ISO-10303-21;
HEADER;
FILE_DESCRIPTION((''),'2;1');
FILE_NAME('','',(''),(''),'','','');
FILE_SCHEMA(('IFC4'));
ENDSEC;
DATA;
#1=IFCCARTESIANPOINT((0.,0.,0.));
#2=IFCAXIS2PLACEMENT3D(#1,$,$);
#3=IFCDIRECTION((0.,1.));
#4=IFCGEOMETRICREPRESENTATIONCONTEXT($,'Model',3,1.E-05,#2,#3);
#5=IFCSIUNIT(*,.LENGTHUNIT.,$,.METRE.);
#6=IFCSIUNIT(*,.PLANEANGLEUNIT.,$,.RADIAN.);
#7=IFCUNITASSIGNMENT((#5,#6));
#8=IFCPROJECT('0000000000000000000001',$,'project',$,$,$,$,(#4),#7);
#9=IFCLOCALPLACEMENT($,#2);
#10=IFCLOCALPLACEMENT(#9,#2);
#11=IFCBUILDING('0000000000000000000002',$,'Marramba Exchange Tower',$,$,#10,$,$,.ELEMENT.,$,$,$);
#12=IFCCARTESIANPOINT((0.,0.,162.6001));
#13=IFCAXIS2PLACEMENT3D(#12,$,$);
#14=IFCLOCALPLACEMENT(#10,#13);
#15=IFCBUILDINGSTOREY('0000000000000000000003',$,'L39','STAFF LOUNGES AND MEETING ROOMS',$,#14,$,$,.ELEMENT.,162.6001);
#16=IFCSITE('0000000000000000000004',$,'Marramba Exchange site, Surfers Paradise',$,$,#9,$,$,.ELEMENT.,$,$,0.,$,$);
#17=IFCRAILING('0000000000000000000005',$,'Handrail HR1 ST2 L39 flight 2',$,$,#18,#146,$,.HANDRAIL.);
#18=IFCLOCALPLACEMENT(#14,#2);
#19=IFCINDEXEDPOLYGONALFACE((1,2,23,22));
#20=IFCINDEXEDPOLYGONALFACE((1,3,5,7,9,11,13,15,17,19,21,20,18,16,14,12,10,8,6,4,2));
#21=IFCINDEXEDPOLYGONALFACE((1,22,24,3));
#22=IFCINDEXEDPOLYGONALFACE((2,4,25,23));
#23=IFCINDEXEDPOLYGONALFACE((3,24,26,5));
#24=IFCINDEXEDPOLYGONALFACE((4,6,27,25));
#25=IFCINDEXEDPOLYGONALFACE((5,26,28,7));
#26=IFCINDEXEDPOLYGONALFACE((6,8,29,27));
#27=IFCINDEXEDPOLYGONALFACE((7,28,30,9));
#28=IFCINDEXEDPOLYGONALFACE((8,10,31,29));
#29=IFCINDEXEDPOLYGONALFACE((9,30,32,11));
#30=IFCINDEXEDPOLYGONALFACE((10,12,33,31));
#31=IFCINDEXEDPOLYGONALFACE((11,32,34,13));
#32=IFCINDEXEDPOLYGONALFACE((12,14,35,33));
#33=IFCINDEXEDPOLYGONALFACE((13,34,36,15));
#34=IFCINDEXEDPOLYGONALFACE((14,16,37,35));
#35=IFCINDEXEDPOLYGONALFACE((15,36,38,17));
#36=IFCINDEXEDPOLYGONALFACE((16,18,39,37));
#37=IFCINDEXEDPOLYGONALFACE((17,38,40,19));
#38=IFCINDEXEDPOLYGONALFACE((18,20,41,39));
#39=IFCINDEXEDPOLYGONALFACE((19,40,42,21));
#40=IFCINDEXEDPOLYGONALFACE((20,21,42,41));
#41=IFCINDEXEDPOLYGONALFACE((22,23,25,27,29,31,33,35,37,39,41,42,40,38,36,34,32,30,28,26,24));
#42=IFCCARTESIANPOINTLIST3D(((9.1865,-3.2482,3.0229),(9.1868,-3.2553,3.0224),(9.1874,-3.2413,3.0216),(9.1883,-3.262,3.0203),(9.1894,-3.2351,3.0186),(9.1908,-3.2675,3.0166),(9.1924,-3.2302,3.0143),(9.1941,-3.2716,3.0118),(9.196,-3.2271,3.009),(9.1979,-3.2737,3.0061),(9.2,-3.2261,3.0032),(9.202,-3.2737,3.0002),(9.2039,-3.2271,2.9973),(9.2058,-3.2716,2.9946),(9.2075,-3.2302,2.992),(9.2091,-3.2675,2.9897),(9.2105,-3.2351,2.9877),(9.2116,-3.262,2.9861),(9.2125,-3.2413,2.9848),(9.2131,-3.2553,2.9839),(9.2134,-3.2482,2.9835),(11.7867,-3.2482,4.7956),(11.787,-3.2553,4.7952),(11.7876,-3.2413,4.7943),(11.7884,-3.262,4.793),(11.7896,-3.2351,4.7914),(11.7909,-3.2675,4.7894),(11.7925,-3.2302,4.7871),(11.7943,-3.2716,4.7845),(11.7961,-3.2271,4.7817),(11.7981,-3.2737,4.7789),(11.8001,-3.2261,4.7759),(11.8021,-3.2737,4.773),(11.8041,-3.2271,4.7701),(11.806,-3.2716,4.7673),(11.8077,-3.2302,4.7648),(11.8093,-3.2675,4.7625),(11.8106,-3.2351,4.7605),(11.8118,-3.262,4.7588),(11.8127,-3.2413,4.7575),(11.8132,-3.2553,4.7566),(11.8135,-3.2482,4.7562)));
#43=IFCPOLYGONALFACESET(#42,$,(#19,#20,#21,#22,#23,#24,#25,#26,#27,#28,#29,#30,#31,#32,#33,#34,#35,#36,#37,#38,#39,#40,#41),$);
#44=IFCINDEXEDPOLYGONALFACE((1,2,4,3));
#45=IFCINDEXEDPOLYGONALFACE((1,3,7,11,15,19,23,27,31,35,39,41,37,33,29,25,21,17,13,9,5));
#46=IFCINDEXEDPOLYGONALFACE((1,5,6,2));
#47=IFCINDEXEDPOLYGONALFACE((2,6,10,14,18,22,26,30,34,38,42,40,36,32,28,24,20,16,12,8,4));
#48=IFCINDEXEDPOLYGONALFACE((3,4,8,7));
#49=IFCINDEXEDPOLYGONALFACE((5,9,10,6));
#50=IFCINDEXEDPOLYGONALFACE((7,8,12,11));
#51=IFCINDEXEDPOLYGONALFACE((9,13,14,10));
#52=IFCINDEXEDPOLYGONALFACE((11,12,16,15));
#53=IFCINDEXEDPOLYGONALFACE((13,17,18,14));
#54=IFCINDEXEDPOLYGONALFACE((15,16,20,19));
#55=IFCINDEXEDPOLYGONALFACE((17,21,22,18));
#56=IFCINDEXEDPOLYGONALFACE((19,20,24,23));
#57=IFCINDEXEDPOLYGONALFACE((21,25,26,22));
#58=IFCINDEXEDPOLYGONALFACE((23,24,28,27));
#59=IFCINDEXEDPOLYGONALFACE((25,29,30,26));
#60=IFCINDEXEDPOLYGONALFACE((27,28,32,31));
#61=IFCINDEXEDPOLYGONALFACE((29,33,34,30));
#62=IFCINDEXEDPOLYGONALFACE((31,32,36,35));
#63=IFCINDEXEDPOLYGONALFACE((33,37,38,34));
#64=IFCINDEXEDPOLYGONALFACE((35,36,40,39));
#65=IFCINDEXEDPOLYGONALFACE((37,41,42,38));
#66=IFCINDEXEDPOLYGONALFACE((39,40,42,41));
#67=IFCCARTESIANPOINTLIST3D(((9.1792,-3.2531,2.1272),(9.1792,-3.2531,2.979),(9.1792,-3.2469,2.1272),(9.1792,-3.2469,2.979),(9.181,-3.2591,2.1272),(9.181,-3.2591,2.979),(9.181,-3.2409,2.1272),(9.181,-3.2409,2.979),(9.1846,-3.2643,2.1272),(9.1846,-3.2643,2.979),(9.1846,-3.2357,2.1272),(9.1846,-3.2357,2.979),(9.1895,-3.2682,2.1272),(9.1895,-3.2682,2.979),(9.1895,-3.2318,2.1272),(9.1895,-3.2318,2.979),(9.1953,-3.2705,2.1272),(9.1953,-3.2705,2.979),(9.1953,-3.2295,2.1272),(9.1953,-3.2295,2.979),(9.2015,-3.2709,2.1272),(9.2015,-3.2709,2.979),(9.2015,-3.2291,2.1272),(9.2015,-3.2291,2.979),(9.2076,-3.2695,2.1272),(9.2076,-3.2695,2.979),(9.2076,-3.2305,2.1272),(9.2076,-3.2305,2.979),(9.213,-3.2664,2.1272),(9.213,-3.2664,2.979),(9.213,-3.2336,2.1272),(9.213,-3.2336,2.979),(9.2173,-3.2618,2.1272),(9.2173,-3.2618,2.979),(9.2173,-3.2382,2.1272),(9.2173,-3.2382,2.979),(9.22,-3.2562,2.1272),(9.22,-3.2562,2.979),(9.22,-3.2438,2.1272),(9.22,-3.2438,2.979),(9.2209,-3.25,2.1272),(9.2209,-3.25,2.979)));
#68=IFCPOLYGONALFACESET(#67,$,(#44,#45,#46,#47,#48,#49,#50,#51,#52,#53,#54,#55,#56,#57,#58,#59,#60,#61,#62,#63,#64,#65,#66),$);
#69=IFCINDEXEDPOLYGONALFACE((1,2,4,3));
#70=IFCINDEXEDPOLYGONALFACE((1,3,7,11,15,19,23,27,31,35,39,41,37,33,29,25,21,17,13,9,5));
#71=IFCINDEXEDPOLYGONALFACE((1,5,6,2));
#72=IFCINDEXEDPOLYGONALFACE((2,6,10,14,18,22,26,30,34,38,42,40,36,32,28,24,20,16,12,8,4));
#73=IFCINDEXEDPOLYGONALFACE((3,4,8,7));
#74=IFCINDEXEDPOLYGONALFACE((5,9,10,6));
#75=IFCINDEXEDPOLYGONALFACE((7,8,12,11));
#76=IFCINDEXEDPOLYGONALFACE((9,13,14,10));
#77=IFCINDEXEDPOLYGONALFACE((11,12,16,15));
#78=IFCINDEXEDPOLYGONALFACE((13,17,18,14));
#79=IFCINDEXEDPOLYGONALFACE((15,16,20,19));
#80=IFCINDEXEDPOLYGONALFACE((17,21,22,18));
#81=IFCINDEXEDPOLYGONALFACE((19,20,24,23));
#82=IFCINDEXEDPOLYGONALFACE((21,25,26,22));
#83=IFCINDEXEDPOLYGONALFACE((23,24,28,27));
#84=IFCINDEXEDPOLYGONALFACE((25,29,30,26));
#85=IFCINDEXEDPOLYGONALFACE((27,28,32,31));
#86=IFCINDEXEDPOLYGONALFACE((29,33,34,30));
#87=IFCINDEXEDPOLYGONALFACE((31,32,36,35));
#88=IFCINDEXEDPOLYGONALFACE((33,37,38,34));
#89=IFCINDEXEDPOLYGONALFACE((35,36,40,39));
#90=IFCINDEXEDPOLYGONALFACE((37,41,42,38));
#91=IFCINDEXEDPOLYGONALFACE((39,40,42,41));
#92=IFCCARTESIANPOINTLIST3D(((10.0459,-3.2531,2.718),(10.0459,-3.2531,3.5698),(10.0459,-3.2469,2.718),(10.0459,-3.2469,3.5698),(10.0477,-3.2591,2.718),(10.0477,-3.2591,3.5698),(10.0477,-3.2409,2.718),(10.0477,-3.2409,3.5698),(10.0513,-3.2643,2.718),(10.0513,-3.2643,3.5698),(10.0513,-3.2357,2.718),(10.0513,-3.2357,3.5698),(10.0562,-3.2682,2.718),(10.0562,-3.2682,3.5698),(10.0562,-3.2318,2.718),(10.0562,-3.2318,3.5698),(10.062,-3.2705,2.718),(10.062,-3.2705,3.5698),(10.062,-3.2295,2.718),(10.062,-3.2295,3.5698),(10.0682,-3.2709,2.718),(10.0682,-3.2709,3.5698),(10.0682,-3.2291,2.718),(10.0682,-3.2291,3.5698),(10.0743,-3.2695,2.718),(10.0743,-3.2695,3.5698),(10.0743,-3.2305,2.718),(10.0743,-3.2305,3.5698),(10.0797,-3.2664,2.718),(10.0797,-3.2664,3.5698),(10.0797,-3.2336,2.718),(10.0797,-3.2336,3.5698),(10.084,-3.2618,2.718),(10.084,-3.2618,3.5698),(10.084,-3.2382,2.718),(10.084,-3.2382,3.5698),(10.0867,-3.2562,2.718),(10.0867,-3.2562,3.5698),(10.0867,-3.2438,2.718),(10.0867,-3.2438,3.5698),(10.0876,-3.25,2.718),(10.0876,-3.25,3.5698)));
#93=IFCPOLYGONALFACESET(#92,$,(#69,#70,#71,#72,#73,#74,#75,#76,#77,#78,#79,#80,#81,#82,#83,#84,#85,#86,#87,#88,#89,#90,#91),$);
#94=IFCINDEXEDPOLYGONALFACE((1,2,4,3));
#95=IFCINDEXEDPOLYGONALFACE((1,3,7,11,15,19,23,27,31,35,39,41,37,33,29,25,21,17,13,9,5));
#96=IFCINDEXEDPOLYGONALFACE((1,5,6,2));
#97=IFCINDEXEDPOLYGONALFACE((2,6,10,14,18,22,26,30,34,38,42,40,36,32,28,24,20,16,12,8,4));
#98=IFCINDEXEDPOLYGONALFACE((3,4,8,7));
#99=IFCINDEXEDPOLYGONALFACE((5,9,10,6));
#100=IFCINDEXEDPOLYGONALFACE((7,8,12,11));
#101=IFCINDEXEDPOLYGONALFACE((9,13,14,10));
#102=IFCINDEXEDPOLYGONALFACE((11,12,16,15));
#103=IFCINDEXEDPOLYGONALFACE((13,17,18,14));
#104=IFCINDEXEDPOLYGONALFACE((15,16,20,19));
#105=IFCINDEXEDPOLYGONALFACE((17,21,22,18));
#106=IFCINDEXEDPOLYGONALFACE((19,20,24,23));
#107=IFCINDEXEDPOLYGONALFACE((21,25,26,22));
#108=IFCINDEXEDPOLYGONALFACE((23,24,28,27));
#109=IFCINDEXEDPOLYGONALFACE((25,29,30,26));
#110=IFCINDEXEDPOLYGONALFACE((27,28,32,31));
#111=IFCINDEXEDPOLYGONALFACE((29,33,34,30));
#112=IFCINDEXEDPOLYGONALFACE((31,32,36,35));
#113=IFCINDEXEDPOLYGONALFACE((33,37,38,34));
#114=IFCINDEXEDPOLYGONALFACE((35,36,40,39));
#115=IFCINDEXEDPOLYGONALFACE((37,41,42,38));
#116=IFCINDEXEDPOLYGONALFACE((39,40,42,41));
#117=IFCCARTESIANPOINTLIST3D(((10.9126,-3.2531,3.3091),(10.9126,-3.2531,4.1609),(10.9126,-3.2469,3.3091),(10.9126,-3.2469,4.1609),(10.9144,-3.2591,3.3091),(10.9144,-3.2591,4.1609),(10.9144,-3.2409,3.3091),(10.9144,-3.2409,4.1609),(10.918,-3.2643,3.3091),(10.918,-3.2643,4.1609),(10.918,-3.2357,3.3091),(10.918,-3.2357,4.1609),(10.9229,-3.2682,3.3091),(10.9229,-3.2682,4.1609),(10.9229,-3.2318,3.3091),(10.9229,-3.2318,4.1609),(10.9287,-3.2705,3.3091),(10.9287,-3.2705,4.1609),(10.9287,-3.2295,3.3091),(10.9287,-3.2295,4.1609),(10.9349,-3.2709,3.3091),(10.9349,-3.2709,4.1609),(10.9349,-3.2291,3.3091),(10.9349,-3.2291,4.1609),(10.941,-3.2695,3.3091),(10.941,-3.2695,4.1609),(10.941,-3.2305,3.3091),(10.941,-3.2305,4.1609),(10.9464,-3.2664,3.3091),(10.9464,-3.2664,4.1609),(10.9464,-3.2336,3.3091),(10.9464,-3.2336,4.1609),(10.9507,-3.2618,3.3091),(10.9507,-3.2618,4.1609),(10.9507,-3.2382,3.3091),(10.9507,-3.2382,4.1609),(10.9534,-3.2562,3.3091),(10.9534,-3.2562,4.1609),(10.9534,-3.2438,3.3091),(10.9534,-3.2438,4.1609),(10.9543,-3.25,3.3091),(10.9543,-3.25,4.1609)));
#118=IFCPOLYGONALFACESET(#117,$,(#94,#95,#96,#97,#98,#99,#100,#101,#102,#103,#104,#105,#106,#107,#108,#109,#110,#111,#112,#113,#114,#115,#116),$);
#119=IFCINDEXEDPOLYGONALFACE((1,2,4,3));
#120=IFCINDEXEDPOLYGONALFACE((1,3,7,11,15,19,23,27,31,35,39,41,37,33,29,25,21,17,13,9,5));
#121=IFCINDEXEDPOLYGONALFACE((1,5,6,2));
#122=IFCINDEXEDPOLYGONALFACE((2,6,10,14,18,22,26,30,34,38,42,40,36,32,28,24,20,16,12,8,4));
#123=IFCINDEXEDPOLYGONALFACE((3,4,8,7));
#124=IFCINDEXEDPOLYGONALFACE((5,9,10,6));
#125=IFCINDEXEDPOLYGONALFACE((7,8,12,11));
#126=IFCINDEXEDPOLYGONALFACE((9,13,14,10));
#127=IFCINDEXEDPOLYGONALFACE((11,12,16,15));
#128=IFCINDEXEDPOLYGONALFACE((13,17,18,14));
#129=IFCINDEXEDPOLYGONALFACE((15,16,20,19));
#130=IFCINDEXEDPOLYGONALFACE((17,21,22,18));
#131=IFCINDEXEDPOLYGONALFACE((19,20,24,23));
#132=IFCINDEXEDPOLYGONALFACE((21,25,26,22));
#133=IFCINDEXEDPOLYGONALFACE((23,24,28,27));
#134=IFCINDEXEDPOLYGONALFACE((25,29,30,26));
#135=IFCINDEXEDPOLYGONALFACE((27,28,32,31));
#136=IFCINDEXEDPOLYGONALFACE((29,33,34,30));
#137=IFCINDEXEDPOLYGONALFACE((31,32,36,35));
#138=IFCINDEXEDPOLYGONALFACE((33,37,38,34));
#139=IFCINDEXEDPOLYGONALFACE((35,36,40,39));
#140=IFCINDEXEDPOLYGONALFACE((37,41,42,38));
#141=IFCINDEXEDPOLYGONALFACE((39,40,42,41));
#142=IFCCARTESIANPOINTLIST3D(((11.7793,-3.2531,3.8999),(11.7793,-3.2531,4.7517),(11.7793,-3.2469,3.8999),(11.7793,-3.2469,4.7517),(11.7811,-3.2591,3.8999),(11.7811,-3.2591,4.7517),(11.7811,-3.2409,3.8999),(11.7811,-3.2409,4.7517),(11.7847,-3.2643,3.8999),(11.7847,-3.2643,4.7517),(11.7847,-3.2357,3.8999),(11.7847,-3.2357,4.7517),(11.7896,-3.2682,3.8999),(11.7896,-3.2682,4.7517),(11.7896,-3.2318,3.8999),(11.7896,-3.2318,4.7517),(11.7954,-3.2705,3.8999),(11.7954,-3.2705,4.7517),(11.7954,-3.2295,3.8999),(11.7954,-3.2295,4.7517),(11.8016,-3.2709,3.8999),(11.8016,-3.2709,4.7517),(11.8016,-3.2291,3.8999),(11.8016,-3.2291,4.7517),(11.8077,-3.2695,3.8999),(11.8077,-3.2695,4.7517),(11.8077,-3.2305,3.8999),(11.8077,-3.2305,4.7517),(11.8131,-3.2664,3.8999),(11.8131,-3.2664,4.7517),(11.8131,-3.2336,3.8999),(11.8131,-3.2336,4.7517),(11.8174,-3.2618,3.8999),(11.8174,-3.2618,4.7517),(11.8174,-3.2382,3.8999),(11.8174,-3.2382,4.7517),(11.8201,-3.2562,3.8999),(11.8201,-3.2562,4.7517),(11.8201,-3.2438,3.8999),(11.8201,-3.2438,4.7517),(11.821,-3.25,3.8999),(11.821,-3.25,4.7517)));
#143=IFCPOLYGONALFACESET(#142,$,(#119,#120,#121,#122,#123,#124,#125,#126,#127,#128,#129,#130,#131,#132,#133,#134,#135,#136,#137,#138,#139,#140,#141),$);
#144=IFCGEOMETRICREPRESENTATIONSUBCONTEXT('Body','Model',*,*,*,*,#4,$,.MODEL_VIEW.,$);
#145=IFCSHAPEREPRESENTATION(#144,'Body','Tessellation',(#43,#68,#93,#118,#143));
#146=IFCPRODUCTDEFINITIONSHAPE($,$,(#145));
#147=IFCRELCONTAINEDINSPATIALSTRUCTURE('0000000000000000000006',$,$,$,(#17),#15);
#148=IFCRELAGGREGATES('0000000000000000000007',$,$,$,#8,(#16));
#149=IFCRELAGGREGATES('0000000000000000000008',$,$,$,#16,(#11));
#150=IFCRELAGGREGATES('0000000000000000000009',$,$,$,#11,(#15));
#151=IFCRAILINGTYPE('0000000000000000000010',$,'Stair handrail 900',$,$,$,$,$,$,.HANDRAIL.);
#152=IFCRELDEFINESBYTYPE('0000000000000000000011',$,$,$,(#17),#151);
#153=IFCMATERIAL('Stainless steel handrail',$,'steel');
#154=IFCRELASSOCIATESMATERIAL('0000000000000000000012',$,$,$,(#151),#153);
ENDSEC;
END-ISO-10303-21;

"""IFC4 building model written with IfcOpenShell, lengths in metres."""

from ifc_helpers import new_model, si_unit, direction, frame, origin, origin_2d, place, context, subcontext, project, spatial, circle, extrude, material, type_object, element, save


model = new_model("IFC4")

# Units and contexts
model_context = context("Model", 3, precision=1e-05, world=origin(), true_north=direction((0.0, 1.0)))
body_context = subcontext(model_context, "Body", "Model", "MODEL_VIEW")
ifc_project = project(units=[si_unit("LENGTHUNIT", "METRE"), si_unit("PLANEANGLEUNIT", "RADIAN")], contexts=[model_context])

# Site, building, storey
site_placement = place(None, origin())
site = spatial("IfcSite", under=ifc_project, at=site_placement, Name="Marramba Exchange site, Surfers Paradise", CompositionType="ELEMENT", RefElevation=0.0)
building_placement = place(site_placement, origin())
building = spatial("IfcBuilding", under=site, at=building_placement, Name="Marramba Exchange Tower", CompositionType="ELEMENT")
storey_placement = place(building_placement, frame((0.0, 0.0, 162.6001)))
storey = spatial("IfcBuildingStorey", under=building, at=storey_placement, Name="L39", Description="STAFF LOUNGES AND MEETING ROOMS", CompositionType="ELEMENT", Elevation=162.6001)

# Railing
ifc_material_1 = material(Name="Stainless steel handrail", Category="steel")
railing_type = type_object("IfcRailingType", Name="Stair handrail 900", PredefinedType="HANDRAIL", material=ifc_material_1)
railing_placement = place(storey_placement, frame((9.2, -3.25, 2.1272)))
element("IfcRailing", 1, at=railing_placement, inside=storey, type_object=railing_type, Name="Handrail HR1 ST2 L39 flight 2", PredefinedType="HANDRAIL", context=body_context, shape_type="SweptSolid", body=[
    extrude(circle(Radius=0.0239, at=origin_2d()), frame((0.0, 0.0, 0.876), z_axis=(0.82624, 0.0, 0.563318), x_axis=(0.0, 1.0, 0.0)), (0.0, 0.0, 1.0), 3.147),
    extrude(circle(Radius=0.021, at=origin_2d()), origin(), (0.0, 0.0, 1.0), 0.8518),
    extrude(circle(Radius=0.021, at=origin_2d()), frame((0.8667, 0.0, 0.5908)), (0.0, 0.0, 1.0), 0.8518),
    extrude(circle(Radius=0.021, at=origin_2d()), frame((1.7334, 0.0, 1.1819)), (0.0, 0.0, 1.0), 0.8518),
    extrude(circle(Radius=0.021, at=origin_2d()), frame((2.6001, 0.0, 1.7727)), (0.0, 0.0, 1.0), 0.8518),
])

save(model, "model.ifc")
